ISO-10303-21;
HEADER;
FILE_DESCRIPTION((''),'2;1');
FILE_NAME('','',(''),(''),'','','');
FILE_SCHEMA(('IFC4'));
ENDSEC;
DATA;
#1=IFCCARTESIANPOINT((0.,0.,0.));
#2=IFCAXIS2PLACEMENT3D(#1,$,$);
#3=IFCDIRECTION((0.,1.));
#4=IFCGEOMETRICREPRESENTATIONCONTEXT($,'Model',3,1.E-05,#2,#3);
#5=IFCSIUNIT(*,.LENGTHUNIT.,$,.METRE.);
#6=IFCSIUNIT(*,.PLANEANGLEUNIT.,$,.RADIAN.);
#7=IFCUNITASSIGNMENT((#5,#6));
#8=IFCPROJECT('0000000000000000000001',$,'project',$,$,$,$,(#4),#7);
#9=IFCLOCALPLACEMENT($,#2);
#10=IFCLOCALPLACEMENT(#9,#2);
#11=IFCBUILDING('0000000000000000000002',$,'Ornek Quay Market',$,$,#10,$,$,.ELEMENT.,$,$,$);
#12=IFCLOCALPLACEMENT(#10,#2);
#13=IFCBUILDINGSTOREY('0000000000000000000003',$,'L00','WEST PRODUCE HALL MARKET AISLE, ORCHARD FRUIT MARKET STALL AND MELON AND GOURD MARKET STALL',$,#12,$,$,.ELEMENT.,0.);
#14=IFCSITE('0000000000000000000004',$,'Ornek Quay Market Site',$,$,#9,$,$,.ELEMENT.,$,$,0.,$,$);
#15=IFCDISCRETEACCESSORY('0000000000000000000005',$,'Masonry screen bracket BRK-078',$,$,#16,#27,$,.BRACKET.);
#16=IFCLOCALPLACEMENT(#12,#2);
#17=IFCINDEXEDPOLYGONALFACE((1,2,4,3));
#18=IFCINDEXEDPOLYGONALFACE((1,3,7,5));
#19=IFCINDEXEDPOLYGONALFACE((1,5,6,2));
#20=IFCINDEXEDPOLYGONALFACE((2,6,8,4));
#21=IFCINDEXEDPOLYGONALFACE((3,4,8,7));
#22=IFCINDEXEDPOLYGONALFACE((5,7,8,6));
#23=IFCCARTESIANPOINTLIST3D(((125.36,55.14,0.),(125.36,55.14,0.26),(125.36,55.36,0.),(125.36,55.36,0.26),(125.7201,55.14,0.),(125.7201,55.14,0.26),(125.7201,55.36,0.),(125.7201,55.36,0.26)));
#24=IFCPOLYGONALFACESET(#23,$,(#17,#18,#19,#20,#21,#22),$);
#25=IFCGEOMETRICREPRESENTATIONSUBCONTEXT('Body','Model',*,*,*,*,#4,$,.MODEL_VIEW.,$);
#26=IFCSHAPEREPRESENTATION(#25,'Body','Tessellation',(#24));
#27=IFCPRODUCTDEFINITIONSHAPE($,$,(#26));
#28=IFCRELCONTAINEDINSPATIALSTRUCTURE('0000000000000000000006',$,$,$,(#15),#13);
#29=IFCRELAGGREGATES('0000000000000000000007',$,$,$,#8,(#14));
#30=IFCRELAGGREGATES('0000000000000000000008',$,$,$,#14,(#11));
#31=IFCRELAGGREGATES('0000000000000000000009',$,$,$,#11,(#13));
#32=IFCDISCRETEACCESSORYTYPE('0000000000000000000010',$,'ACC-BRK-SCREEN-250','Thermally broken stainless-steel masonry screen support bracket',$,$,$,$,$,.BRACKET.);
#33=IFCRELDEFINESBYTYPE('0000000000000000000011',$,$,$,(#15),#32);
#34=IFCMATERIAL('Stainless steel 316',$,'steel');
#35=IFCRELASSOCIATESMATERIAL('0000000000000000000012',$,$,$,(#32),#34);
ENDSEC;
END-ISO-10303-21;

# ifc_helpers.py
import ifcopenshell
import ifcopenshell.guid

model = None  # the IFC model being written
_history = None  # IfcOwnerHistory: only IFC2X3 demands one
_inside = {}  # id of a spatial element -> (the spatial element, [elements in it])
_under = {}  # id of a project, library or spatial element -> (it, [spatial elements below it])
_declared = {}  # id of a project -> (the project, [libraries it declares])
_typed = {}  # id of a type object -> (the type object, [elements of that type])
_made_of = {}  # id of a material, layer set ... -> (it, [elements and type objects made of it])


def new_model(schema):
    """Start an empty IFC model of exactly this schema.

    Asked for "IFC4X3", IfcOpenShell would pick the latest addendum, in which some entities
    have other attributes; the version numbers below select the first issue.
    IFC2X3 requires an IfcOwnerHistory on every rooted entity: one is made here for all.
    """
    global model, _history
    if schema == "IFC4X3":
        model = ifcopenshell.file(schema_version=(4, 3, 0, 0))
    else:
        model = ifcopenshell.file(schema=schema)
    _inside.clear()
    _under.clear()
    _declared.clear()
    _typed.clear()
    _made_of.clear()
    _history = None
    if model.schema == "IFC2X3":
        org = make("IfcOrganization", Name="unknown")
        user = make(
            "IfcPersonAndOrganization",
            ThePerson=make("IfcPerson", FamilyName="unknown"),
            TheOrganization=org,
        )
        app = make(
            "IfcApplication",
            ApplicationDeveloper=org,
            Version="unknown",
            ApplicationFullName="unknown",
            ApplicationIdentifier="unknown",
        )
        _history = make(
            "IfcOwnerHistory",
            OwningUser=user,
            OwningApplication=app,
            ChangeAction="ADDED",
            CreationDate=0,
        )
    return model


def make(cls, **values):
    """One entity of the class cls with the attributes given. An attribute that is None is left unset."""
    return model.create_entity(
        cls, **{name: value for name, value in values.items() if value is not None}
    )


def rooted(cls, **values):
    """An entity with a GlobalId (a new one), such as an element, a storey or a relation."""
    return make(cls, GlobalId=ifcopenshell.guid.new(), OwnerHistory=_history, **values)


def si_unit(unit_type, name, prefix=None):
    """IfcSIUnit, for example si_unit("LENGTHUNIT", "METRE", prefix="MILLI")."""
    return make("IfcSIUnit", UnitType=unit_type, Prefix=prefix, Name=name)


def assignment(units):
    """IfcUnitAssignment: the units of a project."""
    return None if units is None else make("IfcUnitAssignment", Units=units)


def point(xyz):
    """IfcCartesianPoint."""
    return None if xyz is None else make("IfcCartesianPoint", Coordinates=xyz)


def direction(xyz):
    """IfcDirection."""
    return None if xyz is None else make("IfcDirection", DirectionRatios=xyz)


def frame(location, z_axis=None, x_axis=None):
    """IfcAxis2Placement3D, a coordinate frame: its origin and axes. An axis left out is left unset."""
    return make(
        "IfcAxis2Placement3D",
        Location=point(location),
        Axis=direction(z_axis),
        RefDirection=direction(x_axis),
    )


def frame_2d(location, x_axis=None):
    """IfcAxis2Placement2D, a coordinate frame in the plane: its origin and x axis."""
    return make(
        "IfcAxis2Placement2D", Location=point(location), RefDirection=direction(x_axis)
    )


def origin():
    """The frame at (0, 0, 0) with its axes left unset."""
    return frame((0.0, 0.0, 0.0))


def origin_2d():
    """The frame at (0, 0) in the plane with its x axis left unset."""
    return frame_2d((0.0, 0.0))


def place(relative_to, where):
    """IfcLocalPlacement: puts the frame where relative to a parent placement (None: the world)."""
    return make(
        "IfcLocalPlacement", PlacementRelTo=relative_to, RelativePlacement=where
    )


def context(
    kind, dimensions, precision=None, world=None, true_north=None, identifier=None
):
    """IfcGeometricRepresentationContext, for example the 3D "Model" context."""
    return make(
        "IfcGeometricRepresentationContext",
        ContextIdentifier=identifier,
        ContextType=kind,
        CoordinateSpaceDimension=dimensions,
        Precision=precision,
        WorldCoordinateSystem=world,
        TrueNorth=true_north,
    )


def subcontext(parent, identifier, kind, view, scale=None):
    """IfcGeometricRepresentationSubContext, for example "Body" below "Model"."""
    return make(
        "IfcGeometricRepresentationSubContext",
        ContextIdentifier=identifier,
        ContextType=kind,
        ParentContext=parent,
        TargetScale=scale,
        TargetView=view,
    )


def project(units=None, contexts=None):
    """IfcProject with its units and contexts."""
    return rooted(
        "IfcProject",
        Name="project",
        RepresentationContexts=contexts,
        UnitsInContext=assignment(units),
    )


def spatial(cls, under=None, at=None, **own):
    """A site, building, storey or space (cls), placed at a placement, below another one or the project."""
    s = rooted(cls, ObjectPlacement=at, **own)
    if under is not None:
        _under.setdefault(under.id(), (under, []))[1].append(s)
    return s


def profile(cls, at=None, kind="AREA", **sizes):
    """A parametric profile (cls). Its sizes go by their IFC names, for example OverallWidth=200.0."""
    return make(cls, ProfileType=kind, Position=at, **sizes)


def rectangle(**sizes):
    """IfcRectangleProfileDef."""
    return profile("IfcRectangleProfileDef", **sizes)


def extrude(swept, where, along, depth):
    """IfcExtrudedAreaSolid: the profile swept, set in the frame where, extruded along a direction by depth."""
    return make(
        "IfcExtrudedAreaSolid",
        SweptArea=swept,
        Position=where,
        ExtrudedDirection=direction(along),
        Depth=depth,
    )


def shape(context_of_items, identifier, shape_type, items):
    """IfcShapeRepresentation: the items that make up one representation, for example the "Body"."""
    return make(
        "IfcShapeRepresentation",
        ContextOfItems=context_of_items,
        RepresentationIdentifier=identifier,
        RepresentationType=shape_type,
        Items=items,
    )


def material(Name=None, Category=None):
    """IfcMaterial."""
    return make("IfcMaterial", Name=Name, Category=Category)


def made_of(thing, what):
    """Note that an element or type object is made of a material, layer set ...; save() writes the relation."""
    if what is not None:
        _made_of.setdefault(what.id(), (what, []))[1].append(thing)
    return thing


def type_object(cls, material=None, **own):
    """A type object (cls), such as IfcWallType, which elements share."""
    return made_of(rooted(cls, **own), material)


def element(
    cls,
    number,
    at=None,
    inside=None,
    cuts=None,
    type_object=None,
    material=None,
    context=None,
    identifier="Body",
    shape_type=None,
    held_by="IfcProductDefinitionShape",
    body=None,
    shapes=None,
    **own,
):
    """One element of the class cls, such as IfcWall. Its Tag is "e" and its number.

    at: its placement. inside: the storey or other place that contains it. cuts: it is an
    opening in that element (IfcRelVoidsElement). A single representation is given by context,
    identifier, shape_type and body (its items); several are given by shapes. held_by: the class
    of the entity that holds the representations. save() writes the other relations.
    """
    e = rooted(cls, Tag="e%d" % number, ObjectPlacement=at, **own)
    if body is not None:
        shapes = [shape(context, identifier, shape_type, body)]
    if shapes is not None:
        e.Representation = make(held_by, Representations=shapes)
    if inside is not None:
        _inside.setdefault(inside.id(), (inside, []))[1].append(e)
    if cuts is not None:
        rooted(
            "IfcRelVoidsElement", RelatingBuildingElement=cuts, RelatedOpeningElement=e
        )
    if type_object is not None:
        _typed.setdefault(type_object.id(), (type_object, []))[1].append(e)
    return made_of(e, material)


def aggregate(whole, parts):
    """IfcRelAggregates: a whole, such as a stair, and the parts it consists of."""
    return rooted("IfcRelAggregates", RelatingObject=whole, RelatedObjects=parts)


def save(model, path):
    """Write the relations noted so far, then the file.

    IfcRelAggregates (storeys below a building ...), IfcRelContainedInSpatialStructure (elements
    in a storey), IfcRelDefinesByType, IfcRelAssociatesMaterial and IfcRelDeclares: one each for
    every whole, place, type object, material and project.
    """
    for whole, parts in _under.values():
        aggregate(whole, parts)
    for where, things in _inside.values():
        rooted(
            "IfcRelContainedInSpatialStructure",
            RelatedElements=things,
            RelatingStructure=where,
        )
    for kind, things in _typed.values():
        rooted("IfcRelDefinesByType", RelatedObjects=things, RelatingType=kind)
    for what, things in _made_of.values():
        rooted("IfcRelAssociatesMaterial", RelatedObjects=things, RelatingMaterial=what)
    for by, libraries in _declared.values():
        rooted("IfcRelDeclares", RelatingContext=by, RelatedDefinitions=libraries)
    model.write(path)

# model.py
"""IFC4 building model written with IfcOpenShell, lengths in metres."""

from ifc_helpers import new_model, si_unit, direction, frame, origin, origin_2d, place, context, subcontext, project, spatial, rectangle, extrude, material, type_object, element, save


model = new_model("IFC4")

# Units and contexts
model_context = context("Model", 3, precision=1e-05, world=origin(), true_north=direction((0.0, 1.0)))
body_context = subcontext(model_context, "Body", "Model", "MODEL_VIEW")
ifc_project = project(units=[si_unit("LENGTHUNIT", "METRE"), si_unit("PLANEANGLEUNIT", "RADIAN")], contexts=[model_context])

# Site, building, storey
site_placement = place(None, origin())
site = spatial("IfcSite", under=ifc_project, at=site_placement, Name="Ornek Quay Market Site", CompositionType="ELEMENT", RefElevation=0.0)
building_placement = place(site_placement, origin())
building = spatial("IfcBuilding", under=site, at=building_placement, Name="Ornek Quay Market", CompositionType="ELEMENT")
storey_placement = place(building_placement, origin())
storey = spatial("IfcBuildingStorey", under=building, at=storey_placement, Name="L00", Description="WEST PRODUCE HALL MARKET AISLE, ORCHARD FRUIT MARKET STALL AND MELON AND GOURD MARKET STALL", CompositionType="ELEMENT", Elevation=0.0)

# Discrete accessory
ifc_material_1 = material(Name="Stainless steel 316", Category="steel")
discrete_accessory_type = type_object("IfcDiscreteAccessoryType", Name="ACC-BRK-SCREEN-250", Description="Thermally broken stainless-steel masonry screen support bracket", PredefinedType="BRACKET", material=ifc_material_1)
for number, where, z_axis, x_axis, name in (
    (1, (125.54, 55.25, 0.0), (0.0, 0.0, 1.0), (0.0, 1.0, 0.0), "Masonry screen bracket BRK-078"),
):
    element("IfcDiscreteAccessory", number, at=place(storey_placement, frame(where, z_axis=z_axis, x_axis=x_axis)), inside=storey, type_object=discrete_accessory_type, Name=name, PredefinedType="BRACKET", context=body_context, shape_type="SweptSolid", body=[
        extrude(rectangle(XDim=0.22, YDim=0.3601, at=origin_2d()), origin(), (0.0, 0.0, 1.0), 0.26),
    ])

save(model, "model.ifc")
